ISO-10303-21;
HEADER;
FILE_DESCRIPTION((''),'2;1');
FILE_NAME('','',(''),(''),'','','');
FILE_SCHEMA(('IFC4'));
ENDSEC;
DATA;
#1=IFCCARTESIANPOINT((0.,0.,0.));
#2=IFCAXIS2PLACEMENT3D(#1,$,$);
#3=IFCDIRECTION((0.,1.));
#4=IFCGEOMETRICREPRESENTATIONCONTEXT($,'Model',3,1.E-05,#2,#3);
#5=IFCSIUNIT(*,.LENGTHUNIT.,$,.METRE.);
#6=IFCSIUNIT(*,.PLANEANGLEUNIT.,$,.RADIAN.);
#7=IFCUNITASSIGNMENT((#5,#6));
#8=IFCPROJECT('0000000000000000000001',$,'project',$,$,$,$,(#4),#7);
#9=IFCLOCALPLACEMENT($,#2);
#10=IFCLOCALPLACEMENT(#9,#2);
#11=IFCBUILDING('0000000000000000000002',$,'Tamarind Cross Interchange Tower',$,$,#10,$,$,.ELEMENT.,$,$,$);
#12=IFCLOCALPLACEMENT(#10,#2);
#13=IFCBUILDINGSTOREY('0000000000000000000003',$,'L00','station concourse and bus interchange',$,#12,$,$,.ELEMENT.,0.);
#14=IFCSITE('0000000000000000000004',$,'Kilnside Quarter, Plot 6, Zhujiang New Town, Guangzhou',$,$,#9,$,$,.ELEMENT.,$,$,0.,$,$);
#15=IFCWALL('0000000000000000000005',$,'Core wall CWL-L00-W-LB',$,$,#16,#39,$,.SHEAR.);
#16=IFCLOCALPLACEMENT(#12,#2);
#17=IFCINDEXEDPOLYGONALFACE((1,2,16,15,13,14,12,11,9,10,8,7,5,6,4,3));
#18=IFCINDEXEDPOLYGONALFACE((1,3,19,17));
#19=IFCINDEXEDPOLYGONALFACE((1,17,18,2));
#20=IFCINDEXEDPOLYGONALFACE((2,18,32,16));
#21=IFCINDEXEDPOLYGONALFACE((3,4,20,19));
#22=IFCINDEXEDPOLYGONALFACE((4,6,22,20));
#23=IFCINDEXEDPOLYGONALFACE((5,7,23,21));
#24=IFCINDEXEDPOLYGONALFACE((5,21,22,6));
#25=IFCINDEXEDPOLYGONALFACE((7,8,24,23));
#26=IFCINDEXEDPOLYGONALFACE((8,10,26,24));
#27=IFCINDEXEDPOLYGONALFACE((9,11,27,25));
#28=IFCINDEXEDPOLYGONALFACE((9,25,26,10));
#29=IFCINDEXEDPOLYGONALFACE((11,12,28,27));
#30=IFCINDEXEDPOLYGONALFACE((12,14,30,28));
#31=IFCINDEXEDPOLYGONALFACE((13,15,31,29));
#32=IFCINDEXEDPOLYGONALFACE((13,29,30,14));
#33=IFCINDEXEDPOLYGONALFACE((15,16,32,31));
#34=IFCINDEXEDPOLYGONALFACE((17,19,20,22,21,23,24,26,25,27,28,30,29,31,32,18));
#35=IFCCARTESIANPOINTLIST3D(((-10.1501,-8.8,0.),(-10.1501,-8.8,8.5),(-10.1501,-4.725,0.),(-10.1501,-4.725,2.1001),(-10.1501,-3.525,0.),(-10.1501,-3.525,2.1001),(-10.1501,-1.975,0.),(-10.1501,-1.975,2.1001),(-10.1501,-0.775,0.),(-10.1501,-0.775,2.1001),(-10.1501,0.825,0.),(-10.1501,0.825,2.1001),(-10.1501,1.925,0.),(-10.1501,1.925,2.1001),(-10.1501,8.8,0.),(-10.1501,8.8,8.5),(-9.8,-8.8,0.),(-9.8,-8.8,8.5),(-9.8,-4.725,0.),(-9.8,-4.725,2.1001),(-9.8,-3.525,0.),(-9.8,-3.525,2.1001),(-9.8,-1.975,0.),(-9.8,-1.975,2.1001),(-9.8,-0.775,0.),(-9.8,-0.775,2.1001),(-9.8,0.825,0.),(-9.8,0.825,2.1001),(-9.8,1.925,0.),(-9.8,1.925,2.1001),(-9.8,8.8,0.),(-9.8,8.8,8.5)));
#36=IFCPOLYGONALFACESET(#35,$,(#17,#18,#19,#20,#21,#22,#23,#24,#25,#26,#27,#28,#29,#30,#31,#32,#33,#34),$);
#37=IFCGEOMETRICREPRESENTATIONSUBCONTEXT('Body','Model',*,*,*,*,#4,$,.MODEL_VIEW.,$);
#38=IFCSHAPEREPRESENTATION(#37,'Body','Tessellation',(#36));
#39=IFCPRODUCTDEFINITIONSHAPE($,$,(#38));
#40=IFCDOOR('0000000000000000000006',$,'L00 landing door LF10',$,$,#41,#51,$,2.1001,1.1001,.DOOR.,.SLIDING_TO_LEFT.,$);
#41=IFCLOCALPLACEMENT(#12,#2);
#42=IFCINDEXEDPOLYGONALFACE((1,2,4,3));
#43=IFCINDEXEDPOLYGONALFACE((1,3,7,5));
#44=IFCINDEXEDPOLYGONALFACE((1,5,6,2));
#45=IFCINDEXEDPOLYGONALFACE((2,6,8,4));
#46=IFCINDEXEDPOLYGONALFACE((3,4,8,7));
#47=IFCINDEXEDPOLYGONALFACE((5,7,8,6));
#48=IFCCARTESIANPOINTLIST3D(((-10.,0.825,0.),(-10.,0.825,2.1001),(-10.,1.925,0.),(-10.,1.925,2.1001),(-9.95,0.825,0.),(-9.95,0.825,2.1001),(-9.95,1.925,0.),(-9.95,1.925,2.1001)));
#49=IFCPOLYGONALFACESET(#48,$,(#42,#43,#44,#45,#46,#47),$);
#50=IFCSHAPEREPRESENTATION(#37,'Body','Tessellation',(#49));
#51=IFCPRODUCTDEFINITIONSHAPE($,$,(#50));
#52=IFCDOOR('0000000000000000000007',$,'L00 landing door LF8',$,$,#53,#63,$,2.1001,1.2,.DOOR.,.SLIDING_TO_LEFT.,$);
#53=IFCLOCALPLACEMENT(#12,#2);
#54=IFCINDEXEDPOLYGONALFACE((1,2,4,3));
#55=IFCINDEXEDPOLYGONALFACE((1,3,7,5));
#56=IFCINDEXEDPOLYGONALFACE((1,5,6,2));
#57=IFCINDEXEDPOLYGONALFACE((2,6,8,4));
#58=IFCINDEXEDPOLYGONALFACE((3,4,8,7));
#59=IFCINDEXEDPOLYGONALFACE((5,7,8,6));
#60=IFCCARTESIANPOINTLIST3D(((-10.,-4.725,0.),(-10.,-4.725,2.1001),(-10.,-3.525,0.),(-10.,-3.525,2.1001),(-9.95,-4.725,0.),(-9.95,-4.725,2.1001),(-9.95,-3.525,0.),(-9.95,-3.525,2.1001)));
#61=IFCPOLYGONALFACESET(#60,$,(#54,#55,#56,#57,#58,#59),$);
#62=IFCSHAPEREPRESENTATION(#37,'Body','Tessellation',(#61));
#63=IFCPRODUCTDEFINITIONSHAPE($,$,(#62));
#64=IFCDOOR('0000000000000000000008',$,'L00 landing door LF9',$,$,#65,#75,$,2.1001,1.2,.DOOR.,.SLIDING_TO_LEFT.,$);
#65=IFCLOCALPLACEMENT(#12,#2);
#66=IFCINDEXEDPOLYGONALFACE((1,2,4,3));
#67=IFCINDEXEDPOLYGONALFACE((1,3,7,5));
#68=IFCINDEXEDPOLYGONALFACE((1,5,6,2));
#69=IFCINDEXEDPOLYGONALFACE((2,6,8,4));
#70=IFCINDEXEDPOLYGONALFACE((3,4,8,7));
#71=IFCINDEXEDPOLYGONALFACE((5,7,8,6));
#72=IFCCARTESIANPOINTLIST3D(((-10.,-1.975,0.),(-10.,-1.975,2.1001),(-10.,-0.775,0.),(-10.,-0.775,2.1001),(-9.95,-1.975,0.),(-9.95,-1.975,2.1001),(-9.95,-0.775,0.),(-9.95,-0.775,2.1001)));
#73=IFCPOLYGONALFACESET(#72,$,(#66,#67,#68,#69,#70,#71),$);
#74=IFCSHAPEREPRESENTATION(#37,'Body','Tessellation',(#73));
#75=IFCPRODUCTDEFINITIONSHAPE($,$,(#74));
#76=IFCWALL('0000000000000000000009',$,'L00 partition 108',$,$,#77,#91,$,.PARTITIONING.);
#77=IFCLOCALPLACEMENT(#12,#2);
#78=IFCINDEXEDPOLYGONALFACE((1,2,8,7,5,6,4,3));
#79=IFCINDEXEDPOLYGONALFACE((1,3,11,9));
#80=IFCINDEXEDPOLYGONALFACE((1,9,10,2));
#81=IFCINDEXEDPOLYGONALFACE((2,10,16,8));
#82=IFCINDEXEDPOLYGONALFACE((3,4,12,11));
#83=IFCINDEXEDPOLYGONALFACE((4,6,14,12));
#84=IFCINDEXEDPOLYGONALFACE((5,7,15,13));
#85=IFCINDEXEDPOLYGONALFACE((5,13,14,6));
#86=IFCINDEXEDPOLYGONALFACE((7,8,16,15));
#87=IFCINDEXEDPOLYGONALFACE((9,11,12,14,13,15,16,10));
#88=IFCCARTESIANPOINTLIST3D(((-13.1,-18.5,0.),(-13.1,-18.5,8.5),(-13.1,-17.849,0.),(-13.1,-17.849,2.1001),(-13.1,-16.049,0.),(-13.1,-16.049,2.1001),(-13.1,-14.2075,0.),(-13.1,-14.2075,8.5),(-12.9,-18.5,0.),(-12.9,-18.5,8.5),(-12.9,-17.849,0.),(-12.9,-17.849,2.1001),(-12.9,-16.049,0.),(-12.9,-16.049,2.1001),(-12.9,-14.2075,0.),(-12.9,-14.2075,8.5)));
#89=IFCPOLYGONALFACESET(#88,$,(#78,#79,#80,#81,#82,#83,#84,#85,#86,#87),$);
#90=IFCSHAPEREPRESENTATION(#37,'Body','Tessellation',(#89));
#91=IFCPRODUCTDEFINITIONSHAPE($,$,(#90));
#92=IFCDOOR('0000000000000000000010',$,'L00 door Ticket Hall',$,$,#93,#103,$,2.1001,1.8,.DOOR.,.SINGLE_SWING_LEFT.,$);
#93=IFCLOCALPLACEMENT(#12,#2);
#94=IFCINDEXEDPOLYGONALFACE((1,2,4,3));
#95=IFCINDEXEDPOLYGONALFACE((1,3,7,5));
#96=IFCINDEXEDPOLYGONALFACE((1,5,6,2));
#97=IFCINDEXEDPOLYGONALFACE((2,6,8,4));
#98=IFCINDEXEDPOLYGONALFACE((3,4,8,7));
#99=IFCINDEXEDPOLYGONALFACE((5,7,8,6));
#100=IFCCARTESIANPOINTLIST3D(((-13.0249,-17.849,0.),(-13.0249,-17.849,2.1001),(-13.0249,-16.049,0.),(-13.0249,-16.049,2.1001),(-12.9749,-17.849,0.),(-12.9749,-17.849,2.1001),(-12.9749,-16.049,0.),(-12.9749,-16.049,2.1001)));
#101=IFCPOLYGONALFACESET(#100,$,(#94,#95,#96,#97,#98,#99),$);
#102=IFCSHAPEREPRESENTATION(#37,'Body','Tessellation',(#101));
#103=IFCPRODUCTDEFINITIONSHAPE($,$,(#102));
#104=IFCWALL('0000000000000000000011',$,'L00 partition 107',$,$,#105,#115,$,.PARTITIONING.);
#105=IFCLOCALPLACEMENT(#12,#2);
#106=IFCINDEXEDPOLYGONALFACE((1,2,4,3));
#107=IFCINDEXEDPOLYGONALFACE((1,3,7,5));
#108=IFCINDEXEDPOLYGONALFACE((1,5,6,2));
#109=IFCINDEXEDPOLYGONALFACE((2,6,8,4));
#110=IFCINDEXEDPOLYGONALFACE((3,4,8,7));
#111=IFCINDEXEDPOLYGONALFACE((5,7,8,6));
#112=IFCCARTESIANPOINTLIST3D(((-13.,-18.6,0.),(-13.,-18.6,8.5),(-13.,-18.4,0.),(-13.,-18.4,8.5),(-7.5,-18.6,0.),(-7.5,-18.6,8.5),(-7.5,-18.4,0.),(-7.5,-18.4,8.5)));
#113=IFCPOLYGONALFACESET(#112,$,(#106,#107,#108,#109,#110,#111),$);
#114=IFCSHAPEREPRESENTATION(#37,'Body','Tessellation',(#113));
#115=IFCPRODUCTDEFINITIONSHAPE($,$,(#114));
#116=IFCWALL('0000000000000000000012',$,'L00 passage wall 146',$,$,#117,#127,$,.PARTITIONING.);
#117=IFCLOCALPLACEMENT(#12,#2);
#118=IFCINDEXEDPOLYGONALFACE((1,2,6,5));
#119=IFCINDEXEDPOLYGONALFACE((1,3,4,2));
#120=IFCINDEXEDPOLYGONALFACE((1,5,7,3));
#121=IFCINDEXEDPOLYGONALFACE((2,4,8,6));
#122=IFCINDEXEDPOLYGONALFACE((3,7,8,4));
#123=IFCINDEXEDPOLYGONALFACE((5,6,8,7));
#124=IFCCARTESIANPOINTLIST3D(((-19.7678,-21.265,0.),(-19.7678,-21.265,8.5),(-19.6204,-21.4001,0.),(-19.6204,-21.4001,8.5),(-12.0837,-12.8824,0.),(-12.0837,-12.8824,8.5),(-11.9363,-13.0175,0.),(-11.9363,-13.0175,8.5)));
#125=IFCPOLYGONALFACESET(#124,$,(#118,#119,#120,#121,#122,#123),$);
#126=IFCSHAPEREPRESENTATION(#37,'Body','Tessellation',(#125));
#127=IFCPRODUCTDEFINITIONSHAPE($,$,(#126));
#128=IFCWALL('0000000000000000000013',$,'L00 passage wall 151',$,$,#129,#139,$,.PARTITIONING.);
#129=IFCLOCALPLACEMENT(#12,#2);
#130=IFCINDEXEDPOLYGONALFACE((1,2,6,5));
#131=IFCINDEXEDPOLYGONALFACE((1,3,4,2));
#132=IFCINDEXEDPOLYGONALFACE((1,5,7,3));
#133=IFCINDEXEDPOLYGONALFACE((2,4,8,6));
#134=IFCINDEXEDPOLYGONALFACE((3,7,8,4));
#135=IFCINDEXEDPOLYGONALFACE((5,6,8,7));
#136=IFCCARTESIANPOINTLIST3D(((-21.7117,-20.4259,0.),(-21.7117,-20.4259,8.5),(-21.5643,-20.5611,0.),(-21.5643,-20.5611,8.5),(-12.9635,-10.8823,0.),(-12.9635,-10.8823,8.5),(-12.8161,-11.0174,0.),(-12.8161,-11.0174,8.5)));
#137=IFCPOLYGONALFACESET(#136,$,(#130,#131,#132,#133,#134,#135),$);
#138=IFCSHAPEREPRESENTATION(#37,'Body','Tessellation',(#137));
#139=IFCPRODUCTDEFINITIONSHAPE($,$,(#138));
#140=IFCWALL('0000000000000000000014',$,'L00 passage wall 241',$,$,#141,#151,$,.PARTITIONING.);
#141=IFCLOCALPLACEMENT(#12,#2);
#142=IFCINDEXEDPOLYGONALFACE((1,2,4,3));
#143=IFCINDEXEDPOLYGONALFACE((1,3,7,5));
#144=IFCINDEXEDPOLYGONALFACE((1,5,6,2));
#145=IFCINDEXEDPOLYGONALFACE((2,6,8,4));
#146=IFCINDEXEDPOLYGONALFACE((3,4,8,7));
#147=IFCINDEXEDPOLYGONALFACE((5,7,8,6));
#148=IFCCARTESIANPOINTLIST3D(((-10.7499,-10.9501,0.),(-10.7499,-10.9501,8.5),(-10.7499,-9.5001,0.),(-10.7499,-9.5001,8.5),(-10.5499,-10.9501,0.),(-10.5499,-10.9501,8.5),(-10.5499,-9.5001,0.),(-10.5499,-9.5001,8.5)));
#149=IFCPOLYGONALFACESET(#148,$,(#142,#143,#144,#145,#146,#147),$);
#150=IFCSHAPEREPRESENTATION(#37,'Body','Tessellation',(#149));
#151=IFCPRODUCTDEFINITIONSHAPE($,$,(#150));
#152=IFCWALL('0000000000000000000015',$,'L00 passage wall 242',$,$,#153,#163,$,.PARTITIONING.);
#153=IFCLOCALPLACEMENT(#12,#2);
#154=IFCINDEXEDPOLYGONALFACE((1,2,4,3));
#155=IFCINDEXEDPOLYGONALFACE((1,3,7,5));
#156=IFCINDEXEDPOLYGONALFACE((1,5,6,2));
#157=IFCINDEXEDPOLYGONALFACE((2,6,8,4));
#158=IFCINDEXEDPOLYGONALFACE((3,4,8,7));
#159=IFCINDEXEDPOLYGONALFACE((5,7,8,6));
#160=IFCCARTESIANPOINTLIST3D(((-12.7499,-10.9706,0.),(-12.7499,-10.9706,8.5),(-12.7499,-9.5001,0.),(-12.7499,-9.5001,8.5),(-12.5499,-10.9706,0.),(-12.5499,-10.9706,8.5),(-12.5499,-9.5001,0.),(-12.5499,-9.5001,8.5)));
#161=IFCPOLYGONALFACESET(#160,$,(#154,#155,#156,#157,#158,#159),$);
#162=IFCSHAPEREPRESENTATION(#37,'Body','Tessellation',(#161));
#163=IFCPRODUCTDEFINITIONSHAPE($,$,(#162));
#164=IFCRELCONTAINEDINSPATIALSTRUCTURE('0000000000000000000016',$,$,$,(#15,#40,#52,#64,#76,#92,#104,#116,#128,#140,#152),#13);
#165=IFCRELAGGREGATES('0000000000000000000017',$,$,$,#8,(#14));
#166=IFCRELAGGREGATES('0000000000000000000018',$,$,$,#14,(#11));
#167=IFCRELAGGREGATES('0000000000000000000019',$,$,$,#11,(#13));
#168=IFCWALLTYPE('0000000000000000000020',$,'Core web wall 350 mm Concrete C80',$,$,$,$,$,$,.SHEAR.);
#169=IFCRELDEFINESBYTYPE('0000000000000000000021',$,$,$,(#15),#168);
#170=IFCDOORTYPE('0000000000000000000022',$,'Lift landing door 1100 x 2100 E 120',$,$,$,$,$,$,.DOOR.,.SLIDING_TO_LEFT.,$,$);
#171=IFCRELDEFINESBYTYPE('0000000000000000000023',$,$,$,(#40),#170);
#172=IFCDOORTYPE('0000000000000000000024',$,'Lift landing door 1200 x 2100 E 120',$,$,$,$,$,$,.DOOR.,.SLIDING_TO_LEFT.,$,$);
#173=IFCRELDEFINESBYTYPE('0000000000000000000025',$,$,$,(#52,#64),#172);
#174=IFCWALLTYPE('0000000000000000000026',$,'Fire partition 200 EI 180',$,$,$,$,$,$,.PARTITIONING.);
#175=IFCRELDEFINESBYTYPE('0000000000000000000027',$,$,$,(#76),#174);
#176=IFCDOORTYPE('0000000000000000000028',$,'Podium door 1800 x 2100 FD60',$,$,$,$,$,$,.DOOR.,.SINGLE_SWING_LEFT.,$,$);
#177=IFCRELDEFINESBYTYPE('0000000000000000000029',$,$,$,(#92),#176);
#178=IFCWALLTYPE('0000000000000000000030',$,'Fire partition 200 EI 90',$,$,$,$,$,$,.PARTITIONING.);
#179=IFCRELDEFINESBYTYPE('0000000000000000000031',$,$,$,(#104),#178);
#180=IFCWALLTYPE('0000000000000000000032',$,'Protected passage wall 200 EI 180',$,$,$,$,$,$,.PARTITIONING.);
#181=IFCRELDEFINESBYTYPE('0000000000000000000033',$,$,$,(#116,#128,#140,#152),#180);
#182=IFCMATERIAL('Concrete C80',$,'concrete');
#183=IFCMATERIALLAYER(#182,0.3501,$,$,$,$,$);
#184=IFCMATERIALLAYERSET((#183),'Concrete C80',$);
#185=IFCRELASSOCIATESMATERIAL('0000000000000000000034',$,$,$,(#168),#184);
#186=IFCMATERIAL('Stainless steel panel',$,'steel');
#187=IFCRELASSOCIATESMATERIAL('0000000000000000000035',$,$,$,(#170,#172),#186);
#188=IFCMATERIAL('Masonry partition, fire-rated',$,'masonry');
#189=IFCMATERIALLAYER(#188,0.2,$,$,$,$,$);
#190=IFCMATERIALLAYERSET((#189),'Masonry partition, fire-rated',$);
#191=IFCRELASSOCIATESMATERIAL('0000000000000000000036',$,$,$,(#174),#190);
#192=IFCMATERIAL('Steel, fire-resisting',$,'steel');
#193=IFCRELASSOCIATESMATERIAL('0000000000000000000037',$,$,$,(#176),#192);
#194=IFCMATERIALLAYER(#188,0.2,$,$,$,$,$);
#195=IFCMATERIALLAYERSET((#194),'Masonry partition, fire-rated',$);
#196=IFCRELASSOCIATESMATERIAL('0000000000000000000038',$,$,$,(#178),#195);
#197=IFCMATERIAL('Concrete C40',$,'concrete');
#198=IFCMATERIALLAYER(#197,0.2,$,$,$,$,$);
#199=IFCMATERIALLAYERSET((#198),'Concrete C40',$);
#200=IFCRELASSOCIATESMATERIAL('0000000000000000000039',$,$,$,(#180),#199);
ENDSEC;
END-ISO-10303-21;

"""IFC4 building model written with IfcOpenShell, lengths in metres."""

from ifc_helpers import new_model, si_unit, direction, frame, frame_2d, origin, place, context, subcontext, project, spatial, rectangle, extrude, material, layer, layer_set, type_object, element, fill, save


model = new_model("IFC4")

# Units and contexts
model_context = context("Model", 3, precision=1e-05, world=origin(), true_north=direction((0.0, 1.0)))
body_context = subcontext(model_context, "Body", "Model", "MODEL_VIEW")
ifc_project = project(units=[si_unit("LENGTHUNIT", "METRE"), si_unit("PLANEANGLEUNIT", "RADIAN")], contexts=[model_context])

# Site, building, storey
site_placement = place(None, origin())
site = spatial("IfcSite", under=ifc_project, at=site_placement, Name="Kilnside Quarter, Plot 6, Zhujiang New Town, Guangzhou", CompositionType="ELEMENT", RefElevation=0.0)
building_placement = place(site_placement, origin())
building = spatial("IfcBuilding", under=site, at=building_placement, Name="Tamarind Cross Interchange Tower", CompositionType="ELEMENT")
storey_placement = place(building_placement, origin())
storey = spatial("IfcBuildingStorey", under=building, at=storey_placement, Name="L00", Description="station concourse and bus interchange", CompositionType="ELEMENT", Elevation=0.0)

# Shared definitions
ifc_material_1 = material(Name="Concrete C80", Category="concrete")

# Wall, openings, doors
ifc_layer_1 = layer(ifc_material_1, 0.3501)
ifc_layer_set_1 = layer_set([ifc_layer_1], Name="Concrete C80")
wall_type_1 = type_object("IfcWallType", Name="Core web wall 350 mm Concrete C80", PredefinedType="SHEAR", material=ifc_layer_set_1)
ifc_material_2 = material(Name="Stainless steel panel", Category="steel")
door_type_1 = type_object("IfcDoorType", Name="Lift landing door 1100 x 2100 E 120", OperationType="SLIDING_TO_LEFT", PredefinedType="DOOR", material=ifc_material_2)
door_type_2 = type_object("IfcDoorType", Name="Lift landing door 1200 x 2100 E 120", OperationType="SLIDING_TO_LEFT", PredefinedType="DOOR", material=ifc_material_2)
wall_1_placement = place(storey_placement, frame((-9.9751, -8.8, 0.0), z_axis=(0.0, 0.0, 1.0), x_axis=(0.0, 1.0, 0.0)))
wall_1 = element("IfcWall", 1, at=wall_1_placement, inside=storey, type_object=wall_type_1, Name="Core wall CWL-L00-W-LB", PredefinedType="SHEAR", context=body_context, shape_type="SweptSolid", body=[
    extrude(rectangle(XDim=17.6001, YDim=0.3501, at=frame_2d((8.8, 0.0))), origin(), (0.0, 0.0, 1.0), 8.5),
])
opening_1_placement = place(wall_1_placement, frame((4.075, 0.0, 0.0)))
opening_1 = element("IfcOpeningElement", 2, at=opening_1_placement, cuts=wall_1, PredefinedType="OPENING", context=body_context, shape_type="SweptSolid", body=[
    extrude(rectangle(XDim=1.2, YDim=2.1001, at=frame_2d((0.6001, 1.05))), frame((0.0, 0.1851, 0.0), z_axis=(0.0, -1.0, 0.0), x_axis=(1.0, 0.0, 0.0)), (0.0, 0.0, 1.0), 0.3701),
])
opening_2_placement = place(wall_1_placement, frame((6.825, 0.0, 0.0)))
opening_2 = element("IfcOpeningElement", 3, at=opening_2_placement, cuts=wall_1, PredefinedType="OPENING", context=body_context, shape_type="SweptSolid", body=[
    extrude(rectangle(XDim=1.2, YDim=2.1001, at=frame_2d((0.6001, 1.05))), frame((0.0, 0.1851, 0.0), z_axis=(0.0, -1.0, 0.0), x_axis=(1.0, 0.0, 0.0)), (0.0, 0.0, 1.0), 0.3701),
])
opening_3_placement = place(wall_1_placement, frame((9.625, 0.0, 0.0)))
opening_3 = element("IfcOpeningElement", 4, at=opening_3_placement, cuts=wall_1, PredefinedType="OPENING", context=body_context, shape_type="SweptSolid", body=[
    extrude(rectangle(XDim=1.1001, YDim=2.1001, at=frame_2d((0.55, 1.05))), frame((0.0, 0.1851, 0.0), z_axis=(0.0, -1.0, 0.0), x_axis=(1.0, 0.0, 0.0)), (0.0, 0.0, 1.0), 0.3701),
])
door_1_placement = place(opening_3_placement, origin())
door_1 = element("IfcDoor", 5, at=door_1_placement, inside=storey, type_object=door_type_1, Name="L00 landing door LF10", OperationType="SLIDING_TO_LEFT", OverallHeight=2.1001, OverallWidth=1.1001, PredefinedType="DOOR", context=body_context, shape_type="SweptSolid", body=[
    extrude(rectangle(XDim=1.1001, YDim=2.1001, at=frame_2d((0.55, 1.05))), frame((0.0, 0.0249, 0.0), z_axis=(0.0, -1.0, 0.0), x_axis=(1.0, 0.0, 0.0)), (0.0, 0.0, 1.0), 0.05),
])
fill(opening_3, door_1)
door_2_placement = place(opening_1_placement, origin())
door_2 = element("IfcDoor", 6, at=door_2_placement, inside=storey, type_object=door_type_2, Name="L00 landing door LF8", OperationType="SLIDING_TO_LEFT", OverallHeight=2.1001, OverallWidth=1.2, PredefinedType="DOOR", context=body_context, shape_type="SweptSolid", body=[
    extrude(rectangle(XDim=1.2, YDim=2.1001, at=frame_2d((0.6001, 1.05))), frame((0.0, 0.0249, 0.0), z_axis=(0.0, -1.0, 0.0), x_axis=(1.0, 0.0, 0.0)), (0.0, 0.0, 1.0), 0.05),
])
fill(opening_1, door_2)
door_3_placement = place(opening_2_placement, origin())
door_3 = element("IfcDoor", 7, at=door_3_placement, inside=storey, type_object=door_type_2, Name="L00 landing door LF9", OperationType="SLIDING_TO_LEFT", OverallHeight=2.1001, OverallWidth=1.2, PredefinedType="DOOR", context=body_context, shape_type="SweptSolid", body=[
    extrude(rectangle(XDim=1.2, YDim=2.1001, at=frame_2d((0.6001, 1.05))), frame((0.0, 0.0249, 0.0), z_axis=(0.0, -1.0, 0.0), x_axis=(1.0, 0.0, 0.0)), (0.0, 0.0, 1.0), 0.05),
])
fill(opening_2, door_3)

# Wall, opening, door
ifc_material_3 = material(Name="Masonry partition, fire-rated", Category="masonry")
ifc_layer_2 = layer(ifc_material_3, 0.2)
ifc_layer_set_2 = layer_set([ifc_layer_2], Name="Masonry partition, fire-rated")
wall_type_2 = type_object("IfcWallType", Name="Fire partition 200 EI 180", PredefinedType="PARTITIONING", material=ifc_layer_set_2)
wall_2_placement = place(storey_placement, frame((-13.0, -18.5, 0.0), z_axis=(0.0, 0.0, 1.0), x_axis=(0.0, 1.0, 0.0)))
wall_2 = element("IfcWall", 8, at=wall_2_placement, inside=storey, type_object=wall_type_2, Name="L00 partition 108", PredefinedType="PARTITIONING", context=body_context, shape_type="SweptSolid", body=[
    extrude(rectangle(XDim=4.2925, YDim=0.2, at=frame_2d((2.1462, 0.0))), origin(), (0.0, 0.0, 1.0), 8.5),
])
opening_4_placement = place(wall_2_placement, frame((0.6511, 0.0, 0.0)))
opening_4 = element("IfcOpeningElement", 9, at=opening_4_placement, cuts=wall_2, PredefinedType="OPENING", context=body_context, shape_type="SweptSolid", body=[
    extrude(rectangle(XDim=1.8, YDim=2.1001, at=frame_2d((0.8999, 1.05))), frame((0.0, 0.1099, 0.0), z_axis=(0.0, -1.0, 0.0), x_axis=(1.0, 0.0, 0.0)), (0.0, 0.0, 1.0), 0.22),
])
ifc_material_4 = material(Name="Steel, fire-resisting", Category="steel")
door_type_3 = type_object("IfcDoorType", Name="Podium door 1800 x 2100 FD60", OperationType="SINGLE_SWING_LEFT", PredefinedType="DOOR", material=ifc_material_4)
door_4_placement = place(opening_4_placement, origin())
door_4 = element("IfcDoor", 10, at=door_4_placement, inside=storey, type_object=door_type_3, Name="L00 door Ticket Hall", OperationType="SINGLE_SWING_LEFT", OverallHeight=2.1001, OverallWidth=1.8, PredefinedType="DOOR", context=body_context, shape_type="SweptSolid", body=[
    extrude(rectangle(XDim=1.8, YDim=2.1001, at=frame_2d((0.8999, 1.05))), frame((0.0, 0.0249, 0.0), z_axis=(0.0, -1.0, 0.0), x_axis=(1.0, 0.0, 0.0)), (0.0, 0.0, 1.0), 0.05),
])
fill(opening_4, door_4)

# Walls
ifc_layer_3 = layer(ifc_material_3, 0.2)
ifc_layer_set_3 = layer_set([ifc_layer_3], Name="Masonry partition, fire-rated")
wall_type_3 = type_object("IfcWallType", Name="Fire partition 200 EI 90", PredefinedType="PARTITIONING", material=ifc_layer_set_3)
wall_3_placement = place(storey_placement, frame((-13.0, -18.5, 0.0), z_axis=(0.0, 0.0, 1.0), x_axis=(1.0, 0.0, 0.0)))
element("IfcWall", 11, at=wall_3_placement, inside=storey, type_object=wall_type_3, Name="L00 partition 107", PredefinedType="PARTITIONING", context=body_context, shape_type="SweptSolid", body=[
    extrude(rectangle(XDim=5.5, YDim=0.2, at=frame_2d((2.75, 0.0))), origin(), (0.0, 0.0, 1.0), 8.5),
])
ifc_material_5 = material(Name="Concrete C40", Category="concrete")
ifc_layer_4 = layer(ifc_material_5, 0.2)
ifc_layer_set_4 = layer_set([ifc_layer_4], Name="Concrete C40")
wall_type_4 = type_object("IfcWallType", Name="Protected passage wall 200 EI 180", PredefinedType="PARTITIONING", material=ifc_layer_set_4)
wall_4_placement = place(storey_placement, frame((-12.01, -12.95, 0.0), z_axis=(0.0, 0.0, 1.0), x_axis=(-0.675728, -0.737151, 0.0)))
element("IfcWall", 12, at=wall_4_placement, inside=storey, type_object=wall_type_4, Name="L00 passage wall 146", PredefinedType="PARTITIONING", context=body_context, shape_type="SweptSolid", body=[
    extrude(rectangle(XDim=11.3716, YDim=0.2, at=frame_2d((5.6858, 0.0))), origin(), (0.0, 0.0, 1.0), 8.5),
])
wall_5_placement = place(storey_placement, frame((-12.8899, -10.95, 0.0), z_axis=(0.0, 0.0, 1.0), x_axis=(-0.67572, -0.737158, 0.0)))
element("IfcWall", 13, at=wall_5_placement, inside=storey, type_object=wall_type_4, Name="L00 passage wall 151", PredefinedType="PARTITIONING", context=body_context, shape_type="SweptSolid", body=[
    extrude(rectangle(XDim=12.9465, YDim=0.2, at=frame_2d((6.4731, 0.0))), origin(), (0.0, 0.0, 1.0), 8.5),
])
wall_6_placement = place(storey_placement, frame((-10.6499, -9.5, 0.0), z_axis=(0.0, 0.0, 1.0), x_axis=(0.0, -1.0, 0.0)))
element("IfcWall", 14, at=wall_6_placement, inside=storey, type_object=wall_type_4, Name="L00 passage wall 241", PredefinedType="PARTITIONING", context=body_context, shape_type="SweptSolid", body=[
    extrude(rectangle(XDim=1.45, YDim=0.2, at=frame_2d((0.7251, 0.0))), origin(), (0.0, 0.0, 1.0), 8.5),
])
wall_7_placement = place(storey_placement, frame((-12.6499, -9.5, 0.0), z_axis=(0.0, 0.0, 1.0), x_axis=(0.0, -1.0, 0.0)))
element("IfcWall", 15, at=wall_7_placement, inside=storey, type_object=wall_type_4, Name="L00 passage wall 242", PredefinedType="PARTITIONING", context=body_context, shape_type="SweptSolid", body=[
    extrude(rectangle(XDim=1.4705, YDim=0.2, at=frame_2d((0.7354, 0.0))), origin(), (0.0, 0.0, 1.0), 8.5),
])

save(model, "model.ifc")
